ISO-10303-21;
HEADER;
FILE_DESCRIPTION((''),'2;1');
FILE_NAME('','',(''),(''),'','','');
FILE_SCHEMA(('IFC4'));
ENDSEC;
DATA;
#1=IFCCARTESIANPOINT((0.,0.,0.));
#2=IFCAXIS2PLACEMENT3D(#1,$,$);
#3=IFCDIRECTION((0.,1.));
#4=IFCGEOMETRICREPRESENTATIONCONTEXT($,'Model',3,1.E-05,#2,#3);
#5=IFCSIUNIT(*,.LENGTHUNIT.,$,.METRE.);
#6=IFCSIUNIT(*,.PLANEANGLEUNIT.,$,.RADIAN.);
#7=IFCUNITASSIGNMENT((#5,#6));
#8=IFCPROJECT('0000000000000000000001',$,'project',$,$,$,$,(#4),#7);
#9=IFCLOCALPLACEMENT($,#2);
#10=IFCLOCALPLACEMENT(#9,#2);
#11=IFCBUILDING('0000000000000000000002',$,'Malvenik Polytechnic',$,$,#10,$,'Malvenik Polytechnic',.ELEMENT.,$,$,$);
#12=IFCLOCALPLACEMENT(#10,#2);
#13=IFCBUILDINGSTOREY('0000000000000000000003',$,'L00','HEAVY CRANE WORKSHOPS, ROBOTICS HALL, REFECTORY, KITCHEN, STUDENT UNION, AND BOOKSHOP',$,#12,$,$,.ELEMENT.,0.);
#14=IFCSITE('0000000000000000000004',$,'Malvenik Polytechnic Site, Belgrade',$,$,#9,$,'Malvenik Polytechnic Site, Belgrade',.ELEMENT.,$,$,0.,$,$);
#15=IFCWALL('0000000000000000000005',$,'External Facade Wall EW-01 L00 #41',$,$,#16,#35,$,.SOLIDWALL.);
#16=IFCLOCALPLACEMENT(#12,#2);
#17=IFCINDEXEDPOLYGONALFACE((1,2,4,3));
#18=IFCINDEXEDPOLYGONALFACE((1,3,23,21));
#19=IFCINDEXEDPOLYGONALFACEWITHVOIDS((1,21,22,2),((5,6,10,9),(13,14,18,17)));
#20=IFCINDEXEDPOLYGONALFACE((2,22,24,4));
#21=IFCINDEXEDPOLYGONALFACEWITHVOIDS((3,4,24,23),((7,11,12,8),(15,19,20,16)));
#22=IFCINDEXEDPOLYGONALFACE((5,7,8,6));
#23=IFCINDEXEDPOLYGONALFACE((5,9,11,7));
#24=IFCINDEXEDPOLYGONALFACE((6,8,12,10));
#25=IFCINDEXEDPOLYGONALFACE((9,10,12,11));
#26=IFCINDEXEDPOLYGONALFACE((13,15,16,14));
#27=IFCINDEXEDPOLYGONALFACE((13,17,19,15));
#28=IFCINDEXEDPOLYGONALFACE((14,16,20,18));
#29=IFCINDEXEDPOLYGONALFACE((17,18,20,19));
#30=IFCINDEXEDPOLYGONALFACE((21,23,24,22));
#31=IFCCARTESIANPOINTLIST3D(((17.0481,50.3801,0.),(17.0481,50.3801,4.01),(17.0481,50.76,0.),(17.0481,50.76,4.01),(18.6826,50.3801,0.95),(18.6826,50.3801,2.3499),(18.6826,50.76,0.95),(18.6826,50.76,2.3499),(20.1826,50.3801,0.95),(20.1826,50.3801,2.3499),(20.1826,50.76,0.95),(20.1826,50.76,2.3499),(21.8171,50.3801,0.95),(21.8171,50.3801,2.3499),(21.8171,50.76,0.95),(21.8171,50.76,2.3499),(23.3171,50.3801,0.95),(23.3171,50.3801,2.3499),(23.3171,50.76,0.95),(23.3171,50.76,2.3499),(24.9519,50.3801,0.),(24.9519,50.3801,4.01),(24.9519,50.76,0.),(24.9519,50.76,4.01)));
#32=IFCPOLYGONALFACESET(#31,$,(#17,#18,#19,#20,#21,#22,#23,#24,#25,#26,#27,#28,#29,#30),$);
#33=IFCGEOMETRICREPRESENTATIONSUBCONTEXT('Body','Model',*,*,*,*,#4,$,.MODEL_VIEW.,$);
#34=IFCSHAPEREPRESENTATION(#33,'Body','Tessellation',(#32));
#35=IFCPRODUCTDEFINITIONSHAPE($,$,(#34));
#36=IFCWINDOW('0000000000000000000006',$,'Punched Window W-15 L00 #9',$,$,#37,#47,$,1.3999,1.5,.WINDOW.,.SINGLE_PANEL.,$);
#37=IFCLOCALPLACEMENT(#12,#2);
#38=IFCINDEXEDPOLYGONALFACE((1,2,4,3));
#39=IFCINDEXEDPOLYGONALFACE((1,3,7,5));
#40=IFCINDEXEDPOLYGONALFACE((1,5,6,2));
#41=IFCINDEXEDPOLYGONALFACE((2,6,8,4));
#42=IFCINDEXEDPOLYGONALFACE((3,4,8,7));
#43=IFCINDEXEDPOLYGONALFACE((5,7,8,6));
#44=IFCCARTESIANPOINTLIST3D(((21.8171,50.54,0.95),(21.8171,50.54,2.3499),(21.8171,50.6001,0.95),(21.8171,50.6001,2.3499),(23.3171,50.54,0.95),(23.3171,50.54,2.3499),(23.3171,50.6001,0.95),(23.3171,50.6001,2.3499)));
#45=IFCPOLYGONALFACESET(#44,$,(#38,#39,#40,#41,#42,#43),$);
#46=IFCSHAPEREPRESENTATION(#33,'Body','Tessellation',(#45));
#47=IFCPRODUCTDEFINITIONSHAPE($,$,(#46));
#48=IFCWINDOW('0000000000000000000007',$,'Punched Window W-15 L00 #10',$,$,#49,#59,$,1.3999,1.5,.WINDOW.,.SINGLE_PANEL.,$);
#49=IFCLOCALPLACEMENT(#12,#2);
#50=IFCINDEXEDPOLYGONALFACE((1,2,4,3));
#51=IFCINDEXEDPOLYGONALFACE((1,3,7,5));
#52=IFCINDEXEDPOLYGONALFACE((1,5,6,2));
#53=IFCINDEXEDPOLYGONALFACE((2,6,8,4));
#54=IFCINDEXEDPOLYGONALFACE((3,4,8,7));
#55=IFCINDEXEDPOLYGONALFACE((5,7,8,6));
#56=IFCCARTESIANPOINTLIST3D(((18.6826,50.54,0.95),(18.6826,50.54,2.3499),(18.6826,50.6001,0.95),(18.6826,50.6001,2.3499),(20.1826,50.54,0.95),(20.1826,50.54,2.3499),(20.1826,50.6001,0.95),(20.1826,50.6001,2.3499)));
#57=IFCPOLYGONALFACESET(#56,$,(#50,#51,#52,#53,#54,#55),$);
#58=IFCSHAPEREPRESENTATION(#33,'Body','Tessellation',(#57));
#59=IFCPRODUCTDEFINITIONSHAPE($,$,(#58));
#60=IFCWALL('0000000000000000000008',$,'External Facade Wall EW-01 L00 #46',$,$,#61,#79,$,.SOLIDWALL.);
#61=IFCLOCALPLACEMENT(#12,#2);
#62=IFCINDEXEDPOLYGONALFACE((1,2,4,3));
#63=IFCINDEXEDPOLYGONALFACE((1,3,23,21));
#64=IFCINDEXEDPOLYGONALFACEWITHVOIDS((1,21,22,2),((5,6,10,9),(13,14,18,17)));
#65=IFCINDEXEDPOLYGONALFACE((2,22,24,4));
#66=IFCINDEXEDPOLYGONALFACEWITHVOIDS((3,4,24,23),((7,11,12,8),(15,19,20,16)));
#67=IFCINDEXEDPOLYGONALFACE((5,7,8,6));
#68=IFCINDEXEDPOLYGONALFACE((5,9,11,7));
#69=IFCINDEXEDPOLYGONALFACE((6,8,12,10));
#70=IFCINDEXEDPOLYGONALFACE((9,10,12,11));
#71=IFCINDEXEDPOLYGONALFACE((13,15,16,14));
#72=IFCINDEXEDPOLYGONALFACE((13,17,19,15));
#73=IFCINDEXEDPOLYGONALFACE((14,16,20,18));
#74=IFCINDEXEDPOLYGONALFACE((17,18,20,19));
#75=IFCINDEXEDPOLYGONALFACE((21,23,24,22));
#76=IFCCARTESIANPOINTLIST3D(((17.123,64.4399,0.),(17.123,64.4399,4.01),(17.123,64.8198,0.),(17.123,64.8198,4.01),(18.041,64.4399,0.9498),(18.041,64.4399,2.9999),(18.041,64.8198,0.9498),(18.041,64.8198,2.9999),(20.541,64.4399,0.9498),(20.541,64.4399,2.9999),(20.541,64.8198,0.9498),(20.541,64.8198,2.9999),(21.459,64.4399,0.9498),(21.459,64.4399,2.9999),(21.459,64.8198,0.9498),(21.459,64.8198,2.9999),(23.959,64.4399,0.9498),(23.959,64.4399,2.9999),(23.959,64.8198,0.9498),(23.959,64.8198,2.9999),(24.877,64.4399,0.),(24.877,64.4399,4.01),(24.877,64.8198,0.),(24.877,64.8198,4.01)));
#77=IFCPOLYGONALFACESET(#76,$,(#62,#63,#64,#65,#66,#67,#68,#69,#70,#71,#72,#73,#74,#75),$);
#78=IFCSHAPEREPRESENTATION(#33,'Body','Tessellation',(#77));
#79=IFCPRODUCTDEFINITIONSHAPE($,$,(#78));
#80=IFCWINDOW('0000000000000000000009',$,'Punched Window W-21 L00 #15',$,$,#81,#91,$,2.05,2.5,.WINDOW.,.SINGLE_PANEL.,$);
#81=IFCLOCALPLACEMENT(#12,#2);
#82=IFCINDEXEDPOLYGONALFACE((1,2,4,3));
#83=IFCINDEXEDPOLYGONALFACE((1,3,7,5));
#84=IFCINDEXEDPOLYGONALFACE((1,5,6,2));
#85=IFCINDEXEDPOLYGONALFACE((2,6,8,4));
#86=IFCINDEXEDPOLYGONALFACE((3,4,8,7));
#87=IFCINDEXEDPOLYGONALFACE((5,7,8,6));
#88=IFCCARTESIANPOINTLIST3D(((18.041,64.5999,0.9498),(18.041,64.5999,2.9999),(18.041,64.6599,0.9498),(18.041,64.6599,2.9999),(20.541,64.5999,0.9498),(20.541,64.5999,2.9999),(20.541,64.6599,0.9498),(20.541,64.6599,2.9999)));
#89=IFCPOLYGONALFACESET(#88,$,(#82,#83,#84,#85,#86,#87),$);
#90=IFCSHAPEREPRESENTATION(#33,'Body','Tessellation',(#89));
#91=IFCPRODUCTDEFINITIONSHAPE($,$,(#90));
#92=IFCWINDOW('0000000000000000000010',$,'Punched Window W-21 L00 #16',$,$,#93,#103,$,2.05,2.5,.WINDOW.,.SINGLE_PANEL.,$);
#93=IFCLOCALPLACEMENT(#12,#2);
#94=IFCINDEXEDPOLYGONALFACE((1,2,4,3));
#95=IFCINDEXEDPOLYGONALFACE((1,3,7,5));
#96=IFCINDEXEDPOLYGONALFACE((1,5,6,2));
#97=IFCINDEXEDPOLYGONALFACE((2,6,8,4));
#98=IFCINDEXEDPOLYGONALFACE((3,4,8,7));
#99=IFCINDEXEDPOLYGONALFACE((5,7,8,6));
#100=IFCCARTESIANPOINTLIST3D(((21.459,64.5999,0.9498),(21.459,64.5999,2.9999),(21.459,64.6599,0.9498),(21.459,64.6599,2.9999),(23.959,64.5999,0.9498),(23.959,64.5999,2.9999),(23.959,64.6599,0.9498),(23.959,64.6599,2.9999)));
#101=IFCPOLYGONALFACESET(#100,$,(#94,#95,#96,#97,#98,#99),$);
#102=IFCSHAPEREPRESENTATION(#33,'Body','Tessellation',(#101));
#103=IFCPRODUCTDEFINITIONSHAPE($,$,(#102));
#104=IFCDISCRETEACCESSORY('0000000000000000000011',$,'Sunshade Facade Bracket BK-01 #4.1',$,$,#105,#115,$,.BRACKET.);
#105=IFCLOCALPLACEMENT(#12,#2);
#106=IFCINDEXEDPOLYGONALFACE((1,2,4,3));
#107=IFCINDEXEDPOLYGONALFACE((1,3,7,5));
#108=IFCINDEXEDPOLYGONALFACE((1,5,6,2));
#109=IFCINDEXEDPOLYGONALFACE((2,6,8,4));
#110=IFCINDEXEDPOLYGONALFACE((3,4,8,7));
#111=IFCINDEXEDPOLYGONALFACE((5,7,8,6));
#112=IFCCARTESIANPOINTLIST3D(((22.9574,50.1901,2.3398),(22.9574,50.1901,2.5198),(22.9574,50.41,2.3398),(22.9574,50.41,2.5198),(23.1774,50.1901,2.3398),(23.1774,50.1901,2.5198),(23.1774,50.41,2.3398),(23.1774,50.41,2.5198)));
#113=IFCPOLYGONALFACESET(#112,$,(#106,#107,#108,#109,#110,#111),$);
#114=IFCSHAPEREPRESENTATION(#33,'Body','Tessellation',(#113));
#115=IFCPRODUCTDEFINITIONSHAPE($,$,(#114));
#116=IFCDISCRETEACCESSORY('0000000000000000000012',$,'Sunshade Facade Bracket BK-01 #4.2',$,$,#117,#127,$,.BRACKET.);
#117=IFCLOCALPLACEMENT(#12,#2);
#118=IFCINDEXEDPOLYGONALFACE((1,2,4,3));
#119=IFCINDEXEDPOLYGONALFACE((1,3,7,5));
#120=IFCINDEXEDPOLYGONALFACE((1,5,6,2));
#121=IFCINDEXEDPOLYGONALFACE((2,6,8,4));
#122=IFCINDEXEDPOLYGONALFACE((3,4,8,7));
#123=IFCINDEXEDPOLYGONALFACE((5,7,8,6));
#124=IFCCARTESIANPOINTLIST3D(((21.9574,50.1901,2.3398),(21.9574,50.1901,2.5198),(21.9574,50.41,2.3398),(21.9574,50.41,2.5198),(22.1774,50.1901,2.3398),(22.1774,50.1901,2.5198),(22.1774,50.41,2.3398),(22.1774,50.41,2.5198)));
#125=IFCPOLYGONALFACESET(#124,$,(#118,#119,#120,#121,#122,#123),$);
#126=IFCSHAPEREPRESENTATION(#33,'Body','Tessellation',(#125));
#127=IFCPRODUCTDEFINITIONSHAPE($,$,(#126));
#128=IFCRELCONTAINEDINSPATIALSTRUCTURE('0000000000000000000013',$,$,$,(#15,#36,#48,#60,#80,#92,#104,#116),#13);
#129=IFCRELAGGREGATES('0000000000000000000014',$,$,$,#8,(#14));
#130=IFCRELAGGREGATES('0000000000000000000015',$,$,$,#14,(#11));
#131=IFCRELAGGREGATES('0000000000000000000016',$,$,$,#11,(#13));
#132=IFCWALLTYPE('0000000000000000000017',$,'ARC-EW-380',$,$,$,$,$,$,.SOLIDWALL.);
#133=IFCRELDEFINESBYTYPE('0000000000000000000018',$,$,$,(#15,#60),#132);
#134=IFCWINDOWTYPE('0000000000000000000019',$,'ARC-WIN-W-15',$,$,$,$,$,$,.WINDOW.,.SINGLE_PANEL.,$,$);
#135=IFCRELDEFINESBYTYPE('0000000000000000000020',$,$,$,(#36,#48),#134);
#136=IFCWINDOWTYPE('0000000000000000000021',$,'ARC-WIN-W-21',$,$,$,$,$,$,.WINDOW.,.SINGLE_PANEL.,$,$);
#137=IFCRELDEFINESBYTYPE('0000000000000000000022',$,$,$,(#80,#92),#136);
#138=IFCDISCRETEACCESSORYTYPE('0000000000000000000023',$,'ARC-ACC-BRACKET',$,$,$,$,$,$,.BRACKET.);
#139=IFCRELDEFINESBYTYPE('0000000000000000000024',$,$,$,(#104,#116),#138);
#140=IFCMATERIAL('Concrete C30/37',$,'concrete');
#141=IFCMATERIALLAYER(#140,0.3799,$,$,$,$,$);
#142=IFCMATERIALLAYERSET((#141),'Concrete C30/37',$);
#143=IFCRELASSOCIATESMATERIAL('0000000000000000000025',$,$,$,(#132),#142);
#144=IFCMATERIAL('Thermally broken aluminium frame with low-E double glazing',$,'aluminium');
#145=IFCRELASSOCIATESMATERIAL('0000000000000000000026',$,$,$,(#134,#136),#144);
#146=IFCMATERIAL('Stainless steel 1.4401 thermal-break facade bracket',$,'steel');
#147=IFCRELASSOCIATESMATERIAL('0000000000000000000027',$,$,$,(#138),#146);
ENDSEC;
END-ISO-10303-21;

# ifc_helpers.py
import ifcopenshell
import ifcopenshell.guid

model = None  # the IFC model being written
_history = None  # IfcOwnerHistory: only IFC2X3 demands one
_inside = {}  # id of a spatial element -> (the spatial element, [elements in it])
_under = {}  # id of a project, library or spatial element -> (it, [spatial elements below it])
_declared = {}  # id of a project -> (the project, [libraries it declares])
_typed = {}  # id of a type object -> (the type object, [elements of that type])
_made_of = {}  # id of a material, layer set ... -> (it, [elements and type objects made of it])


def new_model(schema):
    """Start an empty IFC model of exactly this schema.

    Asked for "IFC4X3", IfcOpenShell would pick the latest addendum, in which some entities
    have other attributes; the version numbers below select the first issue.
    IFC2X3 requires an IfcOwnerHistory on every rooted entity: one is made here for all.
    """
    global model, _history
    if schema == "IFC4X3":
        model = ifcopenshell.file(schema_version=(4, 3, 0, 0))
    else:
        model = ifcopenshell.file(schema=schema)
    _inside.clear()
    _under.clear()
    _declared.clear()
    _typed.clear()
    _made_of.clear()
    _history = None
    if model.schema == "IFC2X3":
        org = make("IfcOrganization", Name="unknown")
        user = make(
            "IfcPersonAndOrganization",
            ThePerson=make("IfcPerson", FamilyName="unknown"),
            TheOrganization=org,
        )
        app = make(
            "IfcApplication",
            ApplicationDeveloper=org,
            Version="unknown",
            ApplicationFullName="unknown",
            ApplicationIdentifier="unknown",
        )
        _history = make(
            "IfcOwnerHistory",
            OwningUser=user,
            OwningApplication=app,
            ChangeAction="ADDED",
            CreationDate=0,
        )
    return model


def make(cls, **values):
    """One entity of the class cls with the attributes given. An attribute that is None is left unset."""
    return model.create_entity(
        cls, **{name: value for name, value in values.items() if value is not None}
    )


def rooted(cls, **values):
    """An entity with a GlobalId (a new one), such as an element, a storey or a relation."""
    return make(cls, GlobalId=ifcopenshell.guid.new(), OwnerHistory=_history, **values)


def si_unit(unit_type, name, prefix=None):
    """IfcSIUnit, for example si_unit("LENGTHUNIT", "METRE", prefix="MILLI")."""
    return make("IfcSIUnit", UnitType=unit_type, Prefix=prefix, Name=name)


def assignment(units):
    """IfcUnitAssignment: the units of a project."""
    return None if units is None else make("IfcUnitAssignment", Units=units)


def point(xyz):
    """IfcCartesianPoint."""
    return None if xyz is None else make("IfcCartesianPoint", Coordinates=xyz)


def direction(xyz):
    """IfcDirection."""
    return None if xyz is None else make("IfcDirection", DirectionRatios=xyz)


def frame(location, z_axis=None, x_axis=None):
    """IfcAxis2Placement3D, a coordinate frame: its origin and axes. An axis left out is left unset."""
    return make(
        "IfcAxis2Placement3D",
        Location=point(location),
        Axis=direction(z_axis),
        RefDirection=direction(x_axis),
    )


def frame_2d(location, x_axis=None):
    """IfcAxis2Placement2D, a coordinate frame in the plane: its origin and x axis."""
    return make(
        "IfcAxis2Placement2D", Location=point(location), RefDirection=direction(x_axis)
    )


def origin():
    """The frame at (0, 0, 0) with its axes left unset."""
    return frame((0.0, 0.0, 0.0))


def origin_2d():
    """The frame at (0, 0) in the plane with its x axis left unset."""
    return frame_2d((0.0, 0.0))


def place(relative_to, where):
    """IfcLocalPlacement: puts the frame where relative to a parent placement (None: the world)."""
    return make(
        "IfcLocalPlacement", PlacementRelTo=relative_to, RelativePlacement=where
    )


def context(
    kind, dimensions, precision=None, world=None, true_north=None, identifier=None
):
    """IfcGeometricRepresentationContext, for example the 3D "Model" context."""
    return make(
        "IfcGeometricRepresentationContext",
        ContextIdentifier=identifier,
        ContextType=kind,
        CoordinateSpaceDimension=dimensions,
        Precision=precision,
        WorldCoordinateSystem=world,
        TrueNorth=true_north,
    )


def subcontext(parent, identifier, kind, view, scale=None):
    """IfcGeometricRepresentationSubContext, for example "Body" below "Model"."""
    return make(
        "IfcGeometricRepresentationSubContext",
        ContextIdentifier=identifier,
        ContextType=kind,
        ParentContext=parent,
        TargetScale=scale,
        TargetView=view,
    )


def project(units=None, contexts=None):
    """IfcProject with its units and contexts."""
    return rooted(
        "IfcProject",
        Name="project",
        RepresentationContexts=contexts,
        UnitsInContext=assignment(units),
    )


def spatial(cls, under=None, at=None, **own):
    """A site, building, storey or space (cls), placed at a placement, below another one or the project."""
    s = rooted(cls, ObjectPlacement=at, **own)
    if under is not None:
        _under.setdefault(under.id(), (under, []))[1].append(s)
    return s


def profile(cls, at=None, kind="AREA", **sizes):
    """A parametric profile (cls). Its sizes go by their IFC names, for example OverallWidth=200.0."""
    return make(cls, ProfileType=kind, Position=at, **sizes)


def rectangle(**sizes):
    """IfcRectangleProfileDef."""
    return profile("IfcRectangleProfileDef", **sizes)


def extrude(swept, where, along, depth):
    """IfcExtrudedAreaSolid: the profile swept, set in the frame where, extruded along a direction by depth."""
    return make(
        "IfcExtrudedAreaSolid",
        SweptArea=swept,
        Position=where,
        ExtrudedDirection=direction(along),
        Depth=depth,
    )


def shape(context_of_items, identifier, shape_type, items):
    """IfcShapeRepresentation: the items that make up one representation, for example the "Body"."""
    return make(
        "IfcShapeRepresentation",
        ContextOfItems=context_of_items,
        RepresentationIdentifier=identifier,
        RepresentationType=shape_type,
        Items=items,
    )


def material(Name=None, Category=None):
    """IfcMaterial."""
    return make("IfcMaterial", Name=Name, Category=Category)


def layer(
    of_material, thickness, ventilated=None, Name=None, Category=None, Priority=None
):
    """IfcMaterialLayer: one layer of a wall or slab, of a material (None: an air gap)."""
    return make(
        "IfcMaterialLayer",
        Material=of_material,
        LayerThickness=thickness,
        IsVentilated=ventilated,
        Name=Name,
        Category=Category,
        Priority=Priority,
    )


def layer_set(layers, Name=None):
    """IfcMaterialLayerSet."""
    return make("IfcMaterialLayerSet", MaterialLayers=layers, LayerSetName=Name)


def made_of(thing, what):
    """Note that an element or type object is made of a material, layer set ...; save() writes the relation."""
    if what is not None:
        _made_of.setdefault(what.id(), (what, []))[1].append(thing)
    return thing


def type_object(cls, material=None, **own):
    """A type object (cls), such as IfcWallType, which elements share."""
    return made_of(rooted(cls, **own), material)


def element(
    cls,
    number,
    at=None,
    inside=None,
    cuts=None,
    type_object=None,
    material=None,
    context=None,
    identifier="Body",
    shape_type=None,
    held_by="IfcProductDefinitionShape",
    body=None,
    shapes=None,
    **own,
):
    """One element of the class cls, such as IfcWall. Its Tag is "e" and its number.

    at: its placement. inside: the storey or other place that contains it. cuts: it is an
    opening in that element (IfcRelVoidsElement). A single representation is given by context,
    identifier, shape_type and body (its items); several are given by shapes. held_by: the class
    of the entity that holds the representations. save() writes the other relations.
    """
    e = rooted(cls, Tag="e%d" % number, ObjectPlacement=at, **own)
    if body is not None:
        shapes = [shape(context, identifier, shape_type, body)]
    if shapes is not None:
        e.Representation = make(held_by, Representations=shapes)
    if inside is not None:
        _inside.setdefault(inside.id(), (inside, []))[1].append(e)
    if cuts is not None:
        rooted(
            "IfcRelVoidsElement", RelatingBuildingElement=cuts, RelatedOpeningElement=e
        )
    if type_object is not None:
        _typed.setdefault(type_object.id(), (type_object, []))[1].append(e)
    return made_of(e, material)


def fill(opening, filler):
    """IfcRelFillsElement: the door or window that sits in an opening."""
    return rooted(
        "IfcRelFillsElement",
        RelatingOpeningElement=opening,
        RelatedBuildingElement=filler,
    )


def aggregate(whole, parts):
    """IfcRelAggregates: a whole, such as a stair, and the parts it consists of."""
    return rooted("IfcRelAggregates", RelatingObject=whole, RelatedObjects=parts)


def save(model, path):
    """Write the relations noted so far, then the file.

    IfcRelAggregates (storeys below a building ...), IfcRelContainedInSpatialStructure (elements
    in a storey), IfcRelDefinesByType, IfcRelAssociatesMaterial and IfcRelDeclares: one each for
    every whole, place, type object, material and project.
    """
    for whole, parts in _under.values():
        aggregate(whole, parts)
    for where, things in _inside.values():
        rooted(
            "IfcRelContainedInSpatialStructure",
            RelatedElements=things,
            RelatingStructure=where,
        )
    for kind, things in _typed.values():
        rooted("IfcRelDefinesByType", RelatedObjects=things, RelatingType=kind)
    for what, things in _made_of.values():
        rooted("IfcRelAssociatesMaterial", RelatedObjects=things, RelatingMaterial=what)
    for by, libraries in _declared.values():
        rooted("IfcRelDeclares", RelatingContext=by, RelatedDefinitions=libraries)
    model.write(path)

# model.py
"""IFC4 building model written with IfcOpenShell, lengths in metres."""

from ifc_helpers import new_model, si_unit, direction, frame, frame_2d, origin, origin_2d, place, context, subcontext, project, spatial, rectangle, extrude, material, layer, layer_set, type_object, element, fill, save


model = new_model("IFC4")

# Units and contexts
model_context = context("Model", 3, precision=1e-05, world=origin(), true_north=direction((0.0, 1.0)))
body_context = subcontext(model_context, "Body", "Model", "MODEL_VIEW")
ifc_project = project(units=[si_unit("LENGTHUNIT", "METRE"), si_unit("PLANEANGLEUNIT", "RADIAN")], contexts=[model_context])

# Site, building, storey
site_placement = place(None, origin())
site = spatial("IfcSite", under=ifc_project, at=site_placement, Name="Malvenik Polytechnic Site, Belgrade", LongName="Malvenik Polytechnic Site, Belgrade", CompositionType="ELEMENT", RefElevation=0.0)
building_placement = place(site_placement, origin())
building = spatial("IfcBuilding", under=site, at=building_placement, Name="Malvenik Polytechnic", LongName="Malvenik Polytechnic", CompositionType="ELEMENT")
storey_placement = place(building_placement, origin())
storey = spatial("IfcBuildingStorey", under=building, at=storey_placement, Name="L00", Description="HEAVY CRANE WORKSHOPS, ROBOTICS HALL, REFECTORY, KITCHEN, STUDENT UNION, AND BOOKSHOP", CompositionType="ELEMENT", Elevation=0.0)

# Shared definitions
ifc_material_1 = material(Name="Concrete C30/37", Category="concrete")

# Walls, openings, windows
ifc_layer = layer(ifc_material_1, 0.3799)
ifc_layer_set = layer_set([ifc_layer], Name="Concrete C30/37")
wall_type = type_object("IfcWallType", Name="ARC-EW-380", PredefinedType="SOLIDWALL", material=ifc_layer_set)
wall_1_placement = place(storey_placement, frame((24.9519, 50.5701, 0.0), z_axis=(0.0, 0.0, 1.0), x_axis=(-1.0, 0.0, 0.0)))
wall_1 = element("IfcWall", 1, at=wall_1_placement, inside=storey, type_object=wall_type, Name="External Facade Wall EW-01 L00 #41", PredefinedType="SOLIDWALL", context=body_context, shape_type="SweptSolid", body=[
    extrude(rectangle(XDim=7.9038, YDim=0.3799, at=frame_2d((3.9519, 0.0))), origin(), (0.0, 0.0, 1.0), 4.01),
])
opening_1_placement = place(wall_1_placement, frame((1.6348, 0.0, 0.95)))
opening_1 = element("IfcOpeningElement", 2, at=opening_1_placement, cuts=wall_1, PredefinedType="OPENING", context=body_context, shape_type="SweptSolid", body=[
    extrude(rectangle(XDim=1.5, YDim=1.3999, at=frame_2d((0.75, 0.7))), frame((0.0, 0.2, 0.0), z_axis=(0.0, -1.0, 0.0), x_axis=(1.0, 0.0, 0.0)), (0.0, 0.0, 1.0), 0.3999),
])
opening_2_placement = place(wall_1_placement, frame((4.7693, 0.0, 0.95)))
opening_2 = element("IfcOpeningElement", 3, at=opening_2_placement, cuts=wall_1, PredefinedType="OPENING", context=body_context, shape_type="SweptSolid", body=[
    extrude(rectangle(XDim=1.5, YDim=1.3999, at=frame_2d((0.75, 0.7))), frame((0.0, 0.2, 0.0), z_axis=(0.0, -1.0, 0.0), x_axis=(1.0, 0.0, 0.0)), (0.0, 0.0, 1.0), 0.3999),
])
ifc_material_2 = material(Name="Thermally broken aluminium frame with low-E double glazing", Category="aluminium")
window_type_1 = type_object("IfcWindowType", Name="ARC-WIN-W-15", PartitioningType="SINGLE_PANEL", PredefinedType="WINDOW", material=ifc_material_2)
window_1_placement = place(opening_1_placement, origin())
window_1 = element("IfcWindow", 4, at=window_1_placement, inside=storey, type_object=window_type_1, Name="Punched Window W-15 L00 #9", OverallHeight=1.3999, OverallWidth=1.5, PartitioningType="SINGLE_PANEL", PredefinedType="WINDOW", context=body_context, shape_type="SweptSolid", body=[
    extrude(rectangle(XDim=1.5, YDim=1.3999, at=frame_2d((0.75, 0.7))), frame((0.0, 0.03, 0.0), z_axis=(0.0, -1.0, 0.0), x_axis=(1.0, 0.0, 0.0)), (0.0, 0.0, 1.0), 0.0601),
])
fill(opening_1, window_1)
window_2_placement = place(opening_2_placement, origin())
window_2 = element("IfcWindow", 5, at=window_2_placement, inside=storey, type_object=window_type_1, Name="Punched Window W-15 L00 #10", OverallHeight=1.3999, OverallWidth=1.5, PartitioningType="SINGLE_PANEL", PredefinedType="WINDOW", context=body_context, shape_type="SweptSolid", body=[
    extrude(rectangle(XDim=1.5, YDim=1.3999, at=frame_2d((0.75, 0.7))), frame((0.0, 0.03, 0.0), z_axis=(0.0, -1.0, 0.0), x_axis=(1.0, 0.0, 0.0)), (0.0, 0.0, 1.0), 0.0601),
])
fill(opening_2, window_2)
wall_2_placement = place(storey_placement, frame((17.123, 64.6299, 0.0), z_axis=(0.0, 0.0, 1.0), x_axis=(1.0, 0.0, 0.0)))
wall_2 = element("IfcWall", 6, at=wall_2_placement, inside=storey, type_object=wall_type, Name="External Facade Wall EW-01 L00 #46", PredefinedType="SOLIDWALL", context=body_context, shape_type="SweptSolid", body=[
    extrude(rectangle(XDim=7.7539, YDim=0.3799, at=frame_2d((3.877, 0.0))), origin(), (0.0, 0.0, 1.0), 4.01),
])
opening_3_placement = place(wall_2_placement, frame((0.918, 0.0, 0.95)))
opening_3 = element("IfcOpeningElement", 7, at=opening_3_placement, cuts=wall_2, PredefinedType="OPENING", context=body_context, shape_type="SweptSolid", body=[
    extrude(rectangle(XDim=2.5, YDim=2.05, at=frame_2d((1.25, 1.0249))), frame((0.0, 0.2, 0.0), z_axis=(0.0, -1.0, 0.0), x_axis=(1.0, 0.0, 0.0)), (0.0, 0.0, 1.0), 0.3999),
])
opening_4_placement = place(wall_2_placement, frame((4.3359, 0.0, 0.95)))
opening_4 = element("IfcOpeningElement", 8, at=opening_4_placement, cuts=wall_2, PredefinedType="OPENING", context=body_context, shape_type="SweptSolid", body=[
    extrude(rectangle(XDim=2.5, YDim=2.05, at=frame_2d((1.25, 1.0249))), frame((0.0, 0.2, 0.0), z_axis=(0.0, -1.0, 0.0), x_axis=(1.0, 0.0, 0.0)), (0.0, 0.0, 1.0), 0.3999),
])
window_type_2 = type_object("IfcWindowType", Name="ARC-WIN-W-21", PartitioningType="SINGLE_PANEL", PredefinedType="WINDOW", material=ifc_material_2)
window_3_placement = place(opening_3_placement, origin())
window_3 = element("IfcWindow", 9, at=window_3_placement, inside=storey, type_object=window_type_2, Name="Punched Window W-21 L00 #15", OverallHeight=2.05, OverallWidth=2.5, PartitioningType="SINGLE_PANEL", PredefinedType="WINDOW", context=body_context, shape_type="SweptSolid", body=[
    extrude(rectangle(XDim=2.5, YDim=2.05, at=frame_2d((1.25, 1.0249))), frame((0.0, 0.03, 0.0), z_axis=(0.0, -1.0, 0.0), x_axis=(1.0, 0.0, 0.0)), (0.0, 0.0, 1.0), 0.0601),
])
fill(opening_3, window_3)
window_4_placement = place(opening_4_placement, origin())
window_4 = element("IfcWindow", 10, at=window_4_placement, inside=storey, type_object=window_type_2, Name="Punched Window W-21 L00 #16", OverallHeight=2.05, OverallWidth=2.5, PartitioningType="SINGLE_PANEL", PredefinedType="WINDOW", context=body_context, shape_type="SweptSolid", body=[
    extrude(rectangle(XDim=2.5, YDim=2.05, at=frame_2d((1.25, 1.0249))), frame((0.0, 0.03, 0.0), z_axis=(0.0, -1.0, 0.0), x_axis=(1.0, 0.0, 0.0)), (0.0, 0.0, 1.0), 0.0601),
])
fill(opening_4, window_4)

# Discrete accessories
ifc_material_3 = material(Name="Stainless steel 1.4401 thermal-break facade bracket", Category="steel")
discrete_accessory_type = type_object("IfcDiscreteAccessoryType", Name="ARC-ACC-BRACKET", PredefinedType="BRACKET", material=ifc_material_3)
for number, where, z_axis, x_axis, name in (
    (11, (23.0674, 50.3, 2.3398), (0.0, 0.0, 1.0), (1.0, 0.0, 0.0), "Sunshade Facade Bracket BK-01 #4.1"),
    (12, (22.0674, 50.3, 2.3398), (0.0, 0.0, 1.0), (1.0, 0.0, 0.0), "Sunshade Facade Bracket BK-01 #4.2"),
):
    element("IfcDiscreteAccessory", number, at=place(storey_placement, frame(where, z_axis=z_axis, x_axis=x_axis)), inside=storey, type_object=discrete_accessory_type, Name=name, PredefinedType="BRACKET", context=body_context, shape_type="SweptSolid", body=[
        extrude(rectangle(XDim=0.22, YDim=0.22, at=origin_2d()), origin(), (0.0, 0.0, 1.0), 0.1799),
    ])

save(model, "model.ifc")
